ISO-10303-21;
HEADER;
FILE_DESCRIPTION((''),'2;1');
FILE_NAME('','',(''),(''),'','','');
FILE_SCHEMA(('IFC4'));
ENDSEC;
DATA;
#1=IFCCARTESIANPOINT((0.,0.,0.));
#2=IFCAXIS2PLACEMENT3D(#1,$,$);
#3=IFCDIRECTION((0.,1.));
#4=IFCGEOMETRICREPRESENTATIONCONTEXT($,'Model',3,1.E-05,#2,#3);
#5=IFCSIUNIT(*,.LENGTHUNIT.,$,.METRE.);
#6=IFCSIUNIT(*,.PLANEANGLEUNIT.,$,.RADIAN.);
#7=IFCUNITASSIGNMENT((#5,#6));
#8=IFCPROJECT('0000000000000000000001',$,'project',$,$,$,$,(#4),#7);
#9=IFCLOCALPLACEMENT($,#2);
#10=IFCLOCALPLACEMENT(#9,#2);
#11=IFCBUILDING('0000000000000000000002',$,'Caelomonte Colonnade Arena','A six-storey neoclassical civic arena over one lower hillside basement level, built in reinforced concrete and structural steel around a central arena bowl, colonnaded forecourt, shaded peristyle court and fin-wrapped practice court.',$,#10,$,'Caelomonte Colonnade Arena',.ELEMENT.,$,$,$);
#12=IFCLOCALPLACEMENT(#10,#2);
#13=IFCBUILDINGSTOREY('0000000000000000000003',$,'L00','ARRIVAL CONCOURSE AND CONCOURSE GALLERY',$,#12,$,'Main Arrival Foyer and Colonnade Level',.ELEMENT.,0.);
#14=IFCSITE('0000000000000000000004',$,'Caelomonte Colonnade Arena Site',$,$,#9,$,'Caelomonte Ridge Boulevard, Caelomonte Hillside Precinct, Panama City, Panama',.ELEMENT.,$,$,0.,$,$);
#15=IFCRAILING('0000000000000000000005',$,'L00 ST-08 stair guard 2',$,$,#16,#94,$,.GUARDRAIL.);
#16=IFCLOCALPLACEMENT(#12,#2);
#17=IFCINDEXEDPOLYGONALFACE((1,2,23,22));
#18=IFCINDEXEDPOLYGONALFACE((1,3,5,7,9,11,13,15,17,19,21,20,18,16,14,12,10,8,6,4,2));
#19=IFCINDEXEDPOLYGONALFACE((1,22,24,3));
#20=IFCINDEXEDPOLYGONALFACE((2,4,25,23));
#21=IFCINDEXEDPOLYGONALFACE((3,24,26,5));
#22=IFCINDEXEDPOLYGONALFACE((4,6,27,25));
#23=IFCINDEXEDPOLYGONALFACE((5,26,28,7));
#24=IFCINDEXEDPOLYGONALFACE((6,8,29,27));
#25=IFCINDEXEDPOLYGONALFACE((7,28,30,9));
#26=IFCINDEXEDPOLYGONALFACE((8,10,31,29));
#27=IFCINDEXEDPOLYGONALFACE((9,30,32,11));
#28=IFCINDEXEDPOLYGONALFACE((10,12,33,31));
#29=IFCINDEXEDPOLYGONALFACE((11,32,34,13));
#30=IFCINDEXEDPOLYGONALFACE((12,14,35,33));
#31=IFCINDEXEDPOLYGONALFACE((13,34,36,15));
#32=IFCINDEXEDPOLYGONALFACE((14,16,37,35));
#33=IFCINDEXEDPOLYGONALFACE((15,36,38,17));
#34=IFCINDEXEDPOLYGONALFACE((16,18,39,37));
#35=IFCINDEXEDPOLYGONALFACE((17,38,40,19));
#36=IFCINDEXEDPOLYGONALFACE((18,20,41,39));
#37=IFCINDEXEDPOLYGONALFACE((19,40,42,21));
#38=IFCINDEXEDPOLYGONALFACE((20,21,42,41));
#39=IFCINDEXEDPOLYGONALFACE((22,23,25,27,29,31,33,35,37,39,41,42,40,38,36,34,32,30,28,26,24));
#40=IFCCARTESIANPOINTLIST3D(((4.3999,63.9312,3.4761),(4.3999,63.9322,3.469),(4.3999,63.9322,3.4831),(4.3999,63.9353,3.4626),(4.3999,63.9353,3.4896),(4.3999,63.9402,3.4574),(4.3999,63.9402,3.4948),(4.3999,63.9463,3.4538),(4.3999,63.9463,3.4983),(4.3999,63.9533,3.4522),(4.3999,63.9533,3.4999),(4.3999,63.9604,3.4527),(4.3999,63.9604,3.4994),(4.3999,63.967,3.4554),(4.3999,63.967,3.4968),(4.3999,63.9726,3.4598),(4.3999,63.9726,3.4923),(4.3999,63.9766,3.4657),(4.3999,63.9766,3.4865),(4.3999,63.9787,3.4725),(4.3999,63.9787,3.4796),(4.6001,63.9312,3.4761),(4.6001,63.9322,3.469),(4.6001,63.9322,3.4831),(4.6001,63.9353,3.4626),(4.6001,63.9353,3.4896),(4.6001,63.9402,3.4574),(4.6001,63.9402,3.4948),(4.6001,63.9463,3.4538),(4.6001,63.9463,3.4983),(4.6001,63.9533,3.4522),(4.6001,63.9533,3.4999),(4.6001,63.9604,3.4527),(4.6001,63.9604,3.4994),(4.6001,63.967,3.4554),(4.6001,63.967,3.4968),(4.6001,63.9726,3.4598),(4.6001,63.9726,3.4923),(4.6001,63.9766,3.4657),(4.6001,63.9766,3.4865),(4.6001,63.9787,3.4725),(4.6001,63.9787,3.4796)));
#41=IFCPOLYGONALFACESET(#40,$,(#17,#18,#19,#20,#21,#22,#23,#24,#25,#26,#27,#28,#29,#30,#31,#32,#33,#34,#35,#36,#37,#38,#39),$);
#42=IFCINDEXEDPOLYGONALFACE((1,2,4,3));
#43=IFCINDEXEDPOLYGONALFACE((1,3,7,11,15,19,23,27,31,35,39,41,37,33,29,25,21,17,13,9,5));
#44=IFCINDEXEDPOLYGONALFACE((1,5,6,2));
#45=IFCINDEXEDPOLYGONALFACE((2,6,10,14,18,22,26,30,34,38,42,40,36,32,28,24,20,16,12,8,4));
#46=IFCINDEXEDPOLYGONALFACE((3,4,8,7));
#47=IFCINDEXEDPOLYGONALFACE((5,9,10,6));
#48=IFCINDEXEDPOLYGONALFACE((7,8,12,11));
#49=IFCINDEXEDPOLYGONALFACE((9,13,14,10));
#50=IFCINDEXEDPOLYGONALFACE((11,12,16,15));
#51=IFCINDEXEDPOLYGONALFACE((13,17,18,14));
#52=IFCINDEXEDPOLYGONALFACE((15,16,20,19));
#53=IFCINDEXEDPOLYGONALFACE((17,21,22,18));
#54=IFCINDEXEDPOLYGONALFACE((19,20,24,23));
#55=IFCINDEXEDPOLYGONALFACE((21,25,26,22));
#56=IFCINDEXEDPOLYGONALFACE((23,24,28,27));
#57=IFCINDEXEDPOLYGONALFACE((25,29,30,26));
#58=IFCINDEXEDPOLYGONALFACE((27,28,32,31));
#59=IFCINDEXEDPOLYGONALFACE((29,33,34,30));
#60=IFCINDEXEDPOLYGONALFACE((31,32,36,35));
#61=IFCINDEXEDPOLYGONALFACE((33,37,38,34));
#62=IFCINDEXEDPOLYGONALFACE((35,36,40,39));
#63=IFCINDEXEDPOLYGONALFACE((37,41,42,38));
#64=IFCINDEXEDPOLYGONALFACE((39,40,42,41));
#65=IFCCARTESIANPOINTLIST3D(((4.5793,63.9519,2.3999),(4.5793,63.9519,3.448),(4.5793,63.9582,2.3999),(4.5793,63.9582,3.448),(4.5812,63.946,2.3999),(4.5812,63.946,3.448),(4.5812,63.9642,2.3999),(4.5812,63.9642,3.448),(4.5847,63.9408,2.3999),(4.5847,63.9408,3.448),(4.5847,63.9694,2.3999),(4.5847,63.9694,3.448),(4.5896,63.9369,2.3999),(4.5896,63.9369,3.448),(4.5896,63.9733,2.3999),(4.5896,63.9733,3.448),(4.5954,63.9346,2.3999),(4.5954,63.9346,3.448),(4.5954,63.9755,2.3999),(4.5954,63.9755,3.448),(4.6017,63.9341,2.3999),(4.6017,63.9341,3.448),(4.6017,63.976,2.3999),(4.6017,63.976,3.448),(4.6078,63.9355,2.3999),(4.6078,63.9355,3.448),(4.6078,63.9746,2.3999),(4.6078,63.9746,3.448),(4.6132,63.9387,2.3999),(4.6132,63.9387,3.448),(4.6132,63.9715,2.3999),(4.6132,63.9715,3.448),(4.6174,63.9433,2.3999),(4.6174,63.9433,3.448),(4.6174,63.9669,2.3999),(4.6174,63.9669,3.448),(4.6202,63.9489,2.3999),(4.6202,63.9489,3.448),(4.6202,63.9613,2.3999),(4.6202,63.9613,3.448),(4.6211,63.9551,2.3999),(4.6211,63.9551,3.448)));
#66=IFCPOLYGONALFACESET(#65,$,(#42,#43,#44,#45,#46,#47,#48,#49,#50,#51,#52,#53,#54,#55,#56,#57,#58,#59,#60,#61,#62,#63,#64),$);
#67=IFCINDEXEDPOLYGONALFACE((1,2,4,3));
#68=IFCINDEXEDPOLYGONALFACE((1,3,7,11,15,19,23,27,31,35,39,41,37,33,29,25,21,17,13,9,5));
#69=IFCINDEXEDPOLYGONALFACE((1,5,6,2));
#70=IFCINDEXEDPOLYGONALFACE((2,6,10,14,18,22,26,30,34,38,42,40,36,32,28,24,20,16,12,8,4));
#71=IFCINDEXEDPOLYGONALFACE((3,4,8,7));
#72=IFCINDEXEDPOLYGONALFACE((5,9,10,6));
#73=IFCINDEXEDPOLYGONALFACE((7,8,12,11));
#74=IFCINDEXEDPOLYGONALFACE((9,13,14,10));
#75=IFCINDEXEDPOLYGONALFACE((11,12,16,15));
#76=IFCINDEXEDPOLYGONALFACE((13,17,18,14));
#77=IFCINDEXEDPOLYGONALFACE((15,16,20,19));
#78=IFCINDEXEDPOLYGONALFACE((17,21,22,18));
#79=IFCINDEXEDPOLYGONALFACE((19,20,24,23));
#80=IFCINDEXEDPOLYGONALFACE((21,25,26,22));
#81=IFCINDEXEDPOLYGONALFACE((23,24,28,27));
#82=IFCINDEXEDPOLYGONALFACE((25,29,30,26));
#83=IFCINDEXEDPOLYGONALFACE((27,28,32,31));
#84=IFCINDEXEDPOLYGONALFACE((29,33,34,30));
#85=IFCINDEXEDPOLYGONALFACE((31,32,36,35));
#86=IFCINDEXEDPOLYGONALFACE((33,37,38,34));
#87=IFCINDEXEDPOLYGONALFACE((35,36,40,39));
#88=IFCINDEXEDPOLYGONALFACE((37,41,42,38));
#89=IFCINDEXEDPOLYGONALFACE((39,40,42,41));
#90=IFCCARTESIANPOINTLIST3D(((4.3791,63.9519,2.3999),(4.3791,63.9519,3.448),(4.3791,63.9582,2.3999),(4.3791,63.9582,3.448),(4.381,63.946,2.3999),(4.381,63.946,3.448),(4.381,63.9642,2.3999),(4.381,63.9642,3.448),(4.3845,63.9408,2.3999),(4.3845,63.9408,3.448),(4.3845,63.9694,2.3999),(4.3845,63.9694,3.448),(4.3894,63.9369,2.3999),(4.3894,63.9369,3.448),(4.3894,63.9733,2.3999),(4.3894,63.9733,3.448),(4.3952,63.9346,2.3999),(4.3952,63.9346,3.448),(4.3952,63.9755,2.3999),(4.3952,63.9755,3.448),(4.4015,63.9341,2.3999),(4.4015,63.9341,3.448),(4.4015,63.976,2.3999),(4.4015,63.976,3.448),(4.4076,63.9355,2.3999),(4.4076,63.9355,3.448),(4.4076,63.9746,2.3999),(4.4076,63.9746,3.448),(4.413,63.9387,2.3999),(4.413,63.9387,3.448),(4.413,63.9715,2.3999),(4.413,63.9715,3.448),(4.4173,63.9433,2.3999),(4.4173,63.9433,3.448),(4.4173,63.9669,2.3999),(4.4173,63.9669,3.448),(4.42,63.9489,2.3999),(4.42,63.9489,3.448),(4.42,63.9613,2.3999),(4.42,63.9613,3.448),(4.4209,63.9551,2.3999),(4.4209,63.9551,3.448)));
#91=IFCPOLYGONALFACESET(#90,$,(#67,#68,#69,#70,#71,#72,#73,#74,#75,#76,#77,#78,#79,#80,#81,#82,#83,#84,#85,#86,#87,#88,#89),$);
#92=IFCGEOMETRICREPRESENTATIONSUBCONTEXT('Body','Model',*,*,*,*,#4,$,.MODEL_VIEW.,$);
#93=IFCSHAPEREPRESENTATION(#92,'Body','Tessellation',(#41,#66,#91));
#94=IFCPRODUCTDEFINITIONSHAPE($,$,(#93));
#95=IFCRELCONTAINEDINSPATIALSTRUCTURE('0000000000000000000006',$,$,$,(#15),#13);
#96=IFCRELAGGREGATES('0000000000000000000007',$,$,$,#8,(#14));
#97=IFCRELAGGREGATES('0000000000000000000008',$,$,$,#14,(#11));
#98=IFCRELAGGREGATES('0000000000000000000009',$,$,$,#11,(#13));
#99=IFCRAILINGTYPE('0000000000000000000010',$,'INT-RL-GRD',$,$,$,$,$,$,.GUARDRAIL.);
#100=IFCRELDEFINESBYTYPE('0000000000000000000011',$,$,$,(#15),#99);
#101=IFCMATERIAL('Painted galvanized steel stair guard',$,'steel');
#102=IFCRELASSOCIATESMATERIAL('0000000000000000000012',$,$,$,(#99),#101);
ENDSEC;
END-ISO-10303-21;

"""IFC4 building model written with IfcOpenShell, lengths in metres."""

from ifc_helpers import new_model, si_unit, direction, frame, origin, origin_2d, place, context, subcontext, project, spatial, circle, extrude, material, type_object, element, save


model = new_model("IFC4")

# Units and contexts
model_context = context("Model", 3, precision=1e-05, world=origin(), true_north=direction((0.0, 1.0)))
body_context = subcontext(model_context, "Body", "Model", "MODEL_VIEW")
ifc_project = project(units=[si_unit("LENGTHUNIT", "METRE"), si_unit("PLANEANGLEUNIT", "RADIAN")], contexts=[model_context])

# Site, building, storey
site_placement = place(None, origin())
site = spatial("IfcSite", under=ifc_project, at=site_placement, Name="Caelomonte Colonnade Arena Site", LongName="Caelomonte Ridge Boulevard, Caelomonte Hillside Precinct, Panama City, Panama", CompositionType="ELEMENT", RefElevation=0.0)
building_placement = place(site_placement, origin())
building = spatial("IfcBuilding", under=site, at=building_placement, Name="Caelomonte Colonnade Arena", Description="A six-storey neoclassical civic arena over one lower hillside basement level, built in reinforced concrete and structural steel around a central arena bowl, colonnaded forecourt, shaded peristyle court and fin-wrapped practice court.", LongName="Caelomonte Colonnade Arena", CompositionType="ELEMENT")
storey_placement = place(building_placement, origin())
storey = spatial("IfcBuildingStorey", under=building, at=storey_placement, Name="L00", Description="ARRIVAL CONCOURSE AND CONCOURSE GALLERY", LongName="Main Arrival Foyer and Colonnade Level", CompositionType="ELEMENT", Elevation=0.0)

# Railing
ifc_material_1 = material(Name="Painted galvanized steel stair guard", Category="steel")
railing_type_1 = type_object("IfcRailingType", Name="INT-RL-GRD", PredefinedType="GUARDRAIL", material=ifc_material_1)
railing_1_placement = place(storey_placement, frame((4.6001, 63.9551, 2.3999)))
element("IfcRailing", 1, at=railing_1_placement, inside=storey, type_object=railing_type_1, Name="L00 ST-08 stair guard 2", PredefinedType="GUARDRAIL", context=body_context, shape_type="SweptSolid", body=[
    extrude(circle(Radius=0.0239, at=origin_2d()), frame((0.0, 0.0, 1.0762), z_axis=(-1.0, 0.0, 0.0), x_axis=(0.0, -1.0, 0.0)), (0.0, 0.0, 1.0), 0.2002),
    extrude(circle(Radius=0.021, at=origin_2d()), origin(), (0.0, 0.0, 1.0), 1.0481),
    extrude(circle(Radius=0.021, at=origin_2d()), frame((-0.2002, 0.0, 0.0)), (0.0, 0.0, 1.0), 1.0481),
])

save(model, "model.ifc")
